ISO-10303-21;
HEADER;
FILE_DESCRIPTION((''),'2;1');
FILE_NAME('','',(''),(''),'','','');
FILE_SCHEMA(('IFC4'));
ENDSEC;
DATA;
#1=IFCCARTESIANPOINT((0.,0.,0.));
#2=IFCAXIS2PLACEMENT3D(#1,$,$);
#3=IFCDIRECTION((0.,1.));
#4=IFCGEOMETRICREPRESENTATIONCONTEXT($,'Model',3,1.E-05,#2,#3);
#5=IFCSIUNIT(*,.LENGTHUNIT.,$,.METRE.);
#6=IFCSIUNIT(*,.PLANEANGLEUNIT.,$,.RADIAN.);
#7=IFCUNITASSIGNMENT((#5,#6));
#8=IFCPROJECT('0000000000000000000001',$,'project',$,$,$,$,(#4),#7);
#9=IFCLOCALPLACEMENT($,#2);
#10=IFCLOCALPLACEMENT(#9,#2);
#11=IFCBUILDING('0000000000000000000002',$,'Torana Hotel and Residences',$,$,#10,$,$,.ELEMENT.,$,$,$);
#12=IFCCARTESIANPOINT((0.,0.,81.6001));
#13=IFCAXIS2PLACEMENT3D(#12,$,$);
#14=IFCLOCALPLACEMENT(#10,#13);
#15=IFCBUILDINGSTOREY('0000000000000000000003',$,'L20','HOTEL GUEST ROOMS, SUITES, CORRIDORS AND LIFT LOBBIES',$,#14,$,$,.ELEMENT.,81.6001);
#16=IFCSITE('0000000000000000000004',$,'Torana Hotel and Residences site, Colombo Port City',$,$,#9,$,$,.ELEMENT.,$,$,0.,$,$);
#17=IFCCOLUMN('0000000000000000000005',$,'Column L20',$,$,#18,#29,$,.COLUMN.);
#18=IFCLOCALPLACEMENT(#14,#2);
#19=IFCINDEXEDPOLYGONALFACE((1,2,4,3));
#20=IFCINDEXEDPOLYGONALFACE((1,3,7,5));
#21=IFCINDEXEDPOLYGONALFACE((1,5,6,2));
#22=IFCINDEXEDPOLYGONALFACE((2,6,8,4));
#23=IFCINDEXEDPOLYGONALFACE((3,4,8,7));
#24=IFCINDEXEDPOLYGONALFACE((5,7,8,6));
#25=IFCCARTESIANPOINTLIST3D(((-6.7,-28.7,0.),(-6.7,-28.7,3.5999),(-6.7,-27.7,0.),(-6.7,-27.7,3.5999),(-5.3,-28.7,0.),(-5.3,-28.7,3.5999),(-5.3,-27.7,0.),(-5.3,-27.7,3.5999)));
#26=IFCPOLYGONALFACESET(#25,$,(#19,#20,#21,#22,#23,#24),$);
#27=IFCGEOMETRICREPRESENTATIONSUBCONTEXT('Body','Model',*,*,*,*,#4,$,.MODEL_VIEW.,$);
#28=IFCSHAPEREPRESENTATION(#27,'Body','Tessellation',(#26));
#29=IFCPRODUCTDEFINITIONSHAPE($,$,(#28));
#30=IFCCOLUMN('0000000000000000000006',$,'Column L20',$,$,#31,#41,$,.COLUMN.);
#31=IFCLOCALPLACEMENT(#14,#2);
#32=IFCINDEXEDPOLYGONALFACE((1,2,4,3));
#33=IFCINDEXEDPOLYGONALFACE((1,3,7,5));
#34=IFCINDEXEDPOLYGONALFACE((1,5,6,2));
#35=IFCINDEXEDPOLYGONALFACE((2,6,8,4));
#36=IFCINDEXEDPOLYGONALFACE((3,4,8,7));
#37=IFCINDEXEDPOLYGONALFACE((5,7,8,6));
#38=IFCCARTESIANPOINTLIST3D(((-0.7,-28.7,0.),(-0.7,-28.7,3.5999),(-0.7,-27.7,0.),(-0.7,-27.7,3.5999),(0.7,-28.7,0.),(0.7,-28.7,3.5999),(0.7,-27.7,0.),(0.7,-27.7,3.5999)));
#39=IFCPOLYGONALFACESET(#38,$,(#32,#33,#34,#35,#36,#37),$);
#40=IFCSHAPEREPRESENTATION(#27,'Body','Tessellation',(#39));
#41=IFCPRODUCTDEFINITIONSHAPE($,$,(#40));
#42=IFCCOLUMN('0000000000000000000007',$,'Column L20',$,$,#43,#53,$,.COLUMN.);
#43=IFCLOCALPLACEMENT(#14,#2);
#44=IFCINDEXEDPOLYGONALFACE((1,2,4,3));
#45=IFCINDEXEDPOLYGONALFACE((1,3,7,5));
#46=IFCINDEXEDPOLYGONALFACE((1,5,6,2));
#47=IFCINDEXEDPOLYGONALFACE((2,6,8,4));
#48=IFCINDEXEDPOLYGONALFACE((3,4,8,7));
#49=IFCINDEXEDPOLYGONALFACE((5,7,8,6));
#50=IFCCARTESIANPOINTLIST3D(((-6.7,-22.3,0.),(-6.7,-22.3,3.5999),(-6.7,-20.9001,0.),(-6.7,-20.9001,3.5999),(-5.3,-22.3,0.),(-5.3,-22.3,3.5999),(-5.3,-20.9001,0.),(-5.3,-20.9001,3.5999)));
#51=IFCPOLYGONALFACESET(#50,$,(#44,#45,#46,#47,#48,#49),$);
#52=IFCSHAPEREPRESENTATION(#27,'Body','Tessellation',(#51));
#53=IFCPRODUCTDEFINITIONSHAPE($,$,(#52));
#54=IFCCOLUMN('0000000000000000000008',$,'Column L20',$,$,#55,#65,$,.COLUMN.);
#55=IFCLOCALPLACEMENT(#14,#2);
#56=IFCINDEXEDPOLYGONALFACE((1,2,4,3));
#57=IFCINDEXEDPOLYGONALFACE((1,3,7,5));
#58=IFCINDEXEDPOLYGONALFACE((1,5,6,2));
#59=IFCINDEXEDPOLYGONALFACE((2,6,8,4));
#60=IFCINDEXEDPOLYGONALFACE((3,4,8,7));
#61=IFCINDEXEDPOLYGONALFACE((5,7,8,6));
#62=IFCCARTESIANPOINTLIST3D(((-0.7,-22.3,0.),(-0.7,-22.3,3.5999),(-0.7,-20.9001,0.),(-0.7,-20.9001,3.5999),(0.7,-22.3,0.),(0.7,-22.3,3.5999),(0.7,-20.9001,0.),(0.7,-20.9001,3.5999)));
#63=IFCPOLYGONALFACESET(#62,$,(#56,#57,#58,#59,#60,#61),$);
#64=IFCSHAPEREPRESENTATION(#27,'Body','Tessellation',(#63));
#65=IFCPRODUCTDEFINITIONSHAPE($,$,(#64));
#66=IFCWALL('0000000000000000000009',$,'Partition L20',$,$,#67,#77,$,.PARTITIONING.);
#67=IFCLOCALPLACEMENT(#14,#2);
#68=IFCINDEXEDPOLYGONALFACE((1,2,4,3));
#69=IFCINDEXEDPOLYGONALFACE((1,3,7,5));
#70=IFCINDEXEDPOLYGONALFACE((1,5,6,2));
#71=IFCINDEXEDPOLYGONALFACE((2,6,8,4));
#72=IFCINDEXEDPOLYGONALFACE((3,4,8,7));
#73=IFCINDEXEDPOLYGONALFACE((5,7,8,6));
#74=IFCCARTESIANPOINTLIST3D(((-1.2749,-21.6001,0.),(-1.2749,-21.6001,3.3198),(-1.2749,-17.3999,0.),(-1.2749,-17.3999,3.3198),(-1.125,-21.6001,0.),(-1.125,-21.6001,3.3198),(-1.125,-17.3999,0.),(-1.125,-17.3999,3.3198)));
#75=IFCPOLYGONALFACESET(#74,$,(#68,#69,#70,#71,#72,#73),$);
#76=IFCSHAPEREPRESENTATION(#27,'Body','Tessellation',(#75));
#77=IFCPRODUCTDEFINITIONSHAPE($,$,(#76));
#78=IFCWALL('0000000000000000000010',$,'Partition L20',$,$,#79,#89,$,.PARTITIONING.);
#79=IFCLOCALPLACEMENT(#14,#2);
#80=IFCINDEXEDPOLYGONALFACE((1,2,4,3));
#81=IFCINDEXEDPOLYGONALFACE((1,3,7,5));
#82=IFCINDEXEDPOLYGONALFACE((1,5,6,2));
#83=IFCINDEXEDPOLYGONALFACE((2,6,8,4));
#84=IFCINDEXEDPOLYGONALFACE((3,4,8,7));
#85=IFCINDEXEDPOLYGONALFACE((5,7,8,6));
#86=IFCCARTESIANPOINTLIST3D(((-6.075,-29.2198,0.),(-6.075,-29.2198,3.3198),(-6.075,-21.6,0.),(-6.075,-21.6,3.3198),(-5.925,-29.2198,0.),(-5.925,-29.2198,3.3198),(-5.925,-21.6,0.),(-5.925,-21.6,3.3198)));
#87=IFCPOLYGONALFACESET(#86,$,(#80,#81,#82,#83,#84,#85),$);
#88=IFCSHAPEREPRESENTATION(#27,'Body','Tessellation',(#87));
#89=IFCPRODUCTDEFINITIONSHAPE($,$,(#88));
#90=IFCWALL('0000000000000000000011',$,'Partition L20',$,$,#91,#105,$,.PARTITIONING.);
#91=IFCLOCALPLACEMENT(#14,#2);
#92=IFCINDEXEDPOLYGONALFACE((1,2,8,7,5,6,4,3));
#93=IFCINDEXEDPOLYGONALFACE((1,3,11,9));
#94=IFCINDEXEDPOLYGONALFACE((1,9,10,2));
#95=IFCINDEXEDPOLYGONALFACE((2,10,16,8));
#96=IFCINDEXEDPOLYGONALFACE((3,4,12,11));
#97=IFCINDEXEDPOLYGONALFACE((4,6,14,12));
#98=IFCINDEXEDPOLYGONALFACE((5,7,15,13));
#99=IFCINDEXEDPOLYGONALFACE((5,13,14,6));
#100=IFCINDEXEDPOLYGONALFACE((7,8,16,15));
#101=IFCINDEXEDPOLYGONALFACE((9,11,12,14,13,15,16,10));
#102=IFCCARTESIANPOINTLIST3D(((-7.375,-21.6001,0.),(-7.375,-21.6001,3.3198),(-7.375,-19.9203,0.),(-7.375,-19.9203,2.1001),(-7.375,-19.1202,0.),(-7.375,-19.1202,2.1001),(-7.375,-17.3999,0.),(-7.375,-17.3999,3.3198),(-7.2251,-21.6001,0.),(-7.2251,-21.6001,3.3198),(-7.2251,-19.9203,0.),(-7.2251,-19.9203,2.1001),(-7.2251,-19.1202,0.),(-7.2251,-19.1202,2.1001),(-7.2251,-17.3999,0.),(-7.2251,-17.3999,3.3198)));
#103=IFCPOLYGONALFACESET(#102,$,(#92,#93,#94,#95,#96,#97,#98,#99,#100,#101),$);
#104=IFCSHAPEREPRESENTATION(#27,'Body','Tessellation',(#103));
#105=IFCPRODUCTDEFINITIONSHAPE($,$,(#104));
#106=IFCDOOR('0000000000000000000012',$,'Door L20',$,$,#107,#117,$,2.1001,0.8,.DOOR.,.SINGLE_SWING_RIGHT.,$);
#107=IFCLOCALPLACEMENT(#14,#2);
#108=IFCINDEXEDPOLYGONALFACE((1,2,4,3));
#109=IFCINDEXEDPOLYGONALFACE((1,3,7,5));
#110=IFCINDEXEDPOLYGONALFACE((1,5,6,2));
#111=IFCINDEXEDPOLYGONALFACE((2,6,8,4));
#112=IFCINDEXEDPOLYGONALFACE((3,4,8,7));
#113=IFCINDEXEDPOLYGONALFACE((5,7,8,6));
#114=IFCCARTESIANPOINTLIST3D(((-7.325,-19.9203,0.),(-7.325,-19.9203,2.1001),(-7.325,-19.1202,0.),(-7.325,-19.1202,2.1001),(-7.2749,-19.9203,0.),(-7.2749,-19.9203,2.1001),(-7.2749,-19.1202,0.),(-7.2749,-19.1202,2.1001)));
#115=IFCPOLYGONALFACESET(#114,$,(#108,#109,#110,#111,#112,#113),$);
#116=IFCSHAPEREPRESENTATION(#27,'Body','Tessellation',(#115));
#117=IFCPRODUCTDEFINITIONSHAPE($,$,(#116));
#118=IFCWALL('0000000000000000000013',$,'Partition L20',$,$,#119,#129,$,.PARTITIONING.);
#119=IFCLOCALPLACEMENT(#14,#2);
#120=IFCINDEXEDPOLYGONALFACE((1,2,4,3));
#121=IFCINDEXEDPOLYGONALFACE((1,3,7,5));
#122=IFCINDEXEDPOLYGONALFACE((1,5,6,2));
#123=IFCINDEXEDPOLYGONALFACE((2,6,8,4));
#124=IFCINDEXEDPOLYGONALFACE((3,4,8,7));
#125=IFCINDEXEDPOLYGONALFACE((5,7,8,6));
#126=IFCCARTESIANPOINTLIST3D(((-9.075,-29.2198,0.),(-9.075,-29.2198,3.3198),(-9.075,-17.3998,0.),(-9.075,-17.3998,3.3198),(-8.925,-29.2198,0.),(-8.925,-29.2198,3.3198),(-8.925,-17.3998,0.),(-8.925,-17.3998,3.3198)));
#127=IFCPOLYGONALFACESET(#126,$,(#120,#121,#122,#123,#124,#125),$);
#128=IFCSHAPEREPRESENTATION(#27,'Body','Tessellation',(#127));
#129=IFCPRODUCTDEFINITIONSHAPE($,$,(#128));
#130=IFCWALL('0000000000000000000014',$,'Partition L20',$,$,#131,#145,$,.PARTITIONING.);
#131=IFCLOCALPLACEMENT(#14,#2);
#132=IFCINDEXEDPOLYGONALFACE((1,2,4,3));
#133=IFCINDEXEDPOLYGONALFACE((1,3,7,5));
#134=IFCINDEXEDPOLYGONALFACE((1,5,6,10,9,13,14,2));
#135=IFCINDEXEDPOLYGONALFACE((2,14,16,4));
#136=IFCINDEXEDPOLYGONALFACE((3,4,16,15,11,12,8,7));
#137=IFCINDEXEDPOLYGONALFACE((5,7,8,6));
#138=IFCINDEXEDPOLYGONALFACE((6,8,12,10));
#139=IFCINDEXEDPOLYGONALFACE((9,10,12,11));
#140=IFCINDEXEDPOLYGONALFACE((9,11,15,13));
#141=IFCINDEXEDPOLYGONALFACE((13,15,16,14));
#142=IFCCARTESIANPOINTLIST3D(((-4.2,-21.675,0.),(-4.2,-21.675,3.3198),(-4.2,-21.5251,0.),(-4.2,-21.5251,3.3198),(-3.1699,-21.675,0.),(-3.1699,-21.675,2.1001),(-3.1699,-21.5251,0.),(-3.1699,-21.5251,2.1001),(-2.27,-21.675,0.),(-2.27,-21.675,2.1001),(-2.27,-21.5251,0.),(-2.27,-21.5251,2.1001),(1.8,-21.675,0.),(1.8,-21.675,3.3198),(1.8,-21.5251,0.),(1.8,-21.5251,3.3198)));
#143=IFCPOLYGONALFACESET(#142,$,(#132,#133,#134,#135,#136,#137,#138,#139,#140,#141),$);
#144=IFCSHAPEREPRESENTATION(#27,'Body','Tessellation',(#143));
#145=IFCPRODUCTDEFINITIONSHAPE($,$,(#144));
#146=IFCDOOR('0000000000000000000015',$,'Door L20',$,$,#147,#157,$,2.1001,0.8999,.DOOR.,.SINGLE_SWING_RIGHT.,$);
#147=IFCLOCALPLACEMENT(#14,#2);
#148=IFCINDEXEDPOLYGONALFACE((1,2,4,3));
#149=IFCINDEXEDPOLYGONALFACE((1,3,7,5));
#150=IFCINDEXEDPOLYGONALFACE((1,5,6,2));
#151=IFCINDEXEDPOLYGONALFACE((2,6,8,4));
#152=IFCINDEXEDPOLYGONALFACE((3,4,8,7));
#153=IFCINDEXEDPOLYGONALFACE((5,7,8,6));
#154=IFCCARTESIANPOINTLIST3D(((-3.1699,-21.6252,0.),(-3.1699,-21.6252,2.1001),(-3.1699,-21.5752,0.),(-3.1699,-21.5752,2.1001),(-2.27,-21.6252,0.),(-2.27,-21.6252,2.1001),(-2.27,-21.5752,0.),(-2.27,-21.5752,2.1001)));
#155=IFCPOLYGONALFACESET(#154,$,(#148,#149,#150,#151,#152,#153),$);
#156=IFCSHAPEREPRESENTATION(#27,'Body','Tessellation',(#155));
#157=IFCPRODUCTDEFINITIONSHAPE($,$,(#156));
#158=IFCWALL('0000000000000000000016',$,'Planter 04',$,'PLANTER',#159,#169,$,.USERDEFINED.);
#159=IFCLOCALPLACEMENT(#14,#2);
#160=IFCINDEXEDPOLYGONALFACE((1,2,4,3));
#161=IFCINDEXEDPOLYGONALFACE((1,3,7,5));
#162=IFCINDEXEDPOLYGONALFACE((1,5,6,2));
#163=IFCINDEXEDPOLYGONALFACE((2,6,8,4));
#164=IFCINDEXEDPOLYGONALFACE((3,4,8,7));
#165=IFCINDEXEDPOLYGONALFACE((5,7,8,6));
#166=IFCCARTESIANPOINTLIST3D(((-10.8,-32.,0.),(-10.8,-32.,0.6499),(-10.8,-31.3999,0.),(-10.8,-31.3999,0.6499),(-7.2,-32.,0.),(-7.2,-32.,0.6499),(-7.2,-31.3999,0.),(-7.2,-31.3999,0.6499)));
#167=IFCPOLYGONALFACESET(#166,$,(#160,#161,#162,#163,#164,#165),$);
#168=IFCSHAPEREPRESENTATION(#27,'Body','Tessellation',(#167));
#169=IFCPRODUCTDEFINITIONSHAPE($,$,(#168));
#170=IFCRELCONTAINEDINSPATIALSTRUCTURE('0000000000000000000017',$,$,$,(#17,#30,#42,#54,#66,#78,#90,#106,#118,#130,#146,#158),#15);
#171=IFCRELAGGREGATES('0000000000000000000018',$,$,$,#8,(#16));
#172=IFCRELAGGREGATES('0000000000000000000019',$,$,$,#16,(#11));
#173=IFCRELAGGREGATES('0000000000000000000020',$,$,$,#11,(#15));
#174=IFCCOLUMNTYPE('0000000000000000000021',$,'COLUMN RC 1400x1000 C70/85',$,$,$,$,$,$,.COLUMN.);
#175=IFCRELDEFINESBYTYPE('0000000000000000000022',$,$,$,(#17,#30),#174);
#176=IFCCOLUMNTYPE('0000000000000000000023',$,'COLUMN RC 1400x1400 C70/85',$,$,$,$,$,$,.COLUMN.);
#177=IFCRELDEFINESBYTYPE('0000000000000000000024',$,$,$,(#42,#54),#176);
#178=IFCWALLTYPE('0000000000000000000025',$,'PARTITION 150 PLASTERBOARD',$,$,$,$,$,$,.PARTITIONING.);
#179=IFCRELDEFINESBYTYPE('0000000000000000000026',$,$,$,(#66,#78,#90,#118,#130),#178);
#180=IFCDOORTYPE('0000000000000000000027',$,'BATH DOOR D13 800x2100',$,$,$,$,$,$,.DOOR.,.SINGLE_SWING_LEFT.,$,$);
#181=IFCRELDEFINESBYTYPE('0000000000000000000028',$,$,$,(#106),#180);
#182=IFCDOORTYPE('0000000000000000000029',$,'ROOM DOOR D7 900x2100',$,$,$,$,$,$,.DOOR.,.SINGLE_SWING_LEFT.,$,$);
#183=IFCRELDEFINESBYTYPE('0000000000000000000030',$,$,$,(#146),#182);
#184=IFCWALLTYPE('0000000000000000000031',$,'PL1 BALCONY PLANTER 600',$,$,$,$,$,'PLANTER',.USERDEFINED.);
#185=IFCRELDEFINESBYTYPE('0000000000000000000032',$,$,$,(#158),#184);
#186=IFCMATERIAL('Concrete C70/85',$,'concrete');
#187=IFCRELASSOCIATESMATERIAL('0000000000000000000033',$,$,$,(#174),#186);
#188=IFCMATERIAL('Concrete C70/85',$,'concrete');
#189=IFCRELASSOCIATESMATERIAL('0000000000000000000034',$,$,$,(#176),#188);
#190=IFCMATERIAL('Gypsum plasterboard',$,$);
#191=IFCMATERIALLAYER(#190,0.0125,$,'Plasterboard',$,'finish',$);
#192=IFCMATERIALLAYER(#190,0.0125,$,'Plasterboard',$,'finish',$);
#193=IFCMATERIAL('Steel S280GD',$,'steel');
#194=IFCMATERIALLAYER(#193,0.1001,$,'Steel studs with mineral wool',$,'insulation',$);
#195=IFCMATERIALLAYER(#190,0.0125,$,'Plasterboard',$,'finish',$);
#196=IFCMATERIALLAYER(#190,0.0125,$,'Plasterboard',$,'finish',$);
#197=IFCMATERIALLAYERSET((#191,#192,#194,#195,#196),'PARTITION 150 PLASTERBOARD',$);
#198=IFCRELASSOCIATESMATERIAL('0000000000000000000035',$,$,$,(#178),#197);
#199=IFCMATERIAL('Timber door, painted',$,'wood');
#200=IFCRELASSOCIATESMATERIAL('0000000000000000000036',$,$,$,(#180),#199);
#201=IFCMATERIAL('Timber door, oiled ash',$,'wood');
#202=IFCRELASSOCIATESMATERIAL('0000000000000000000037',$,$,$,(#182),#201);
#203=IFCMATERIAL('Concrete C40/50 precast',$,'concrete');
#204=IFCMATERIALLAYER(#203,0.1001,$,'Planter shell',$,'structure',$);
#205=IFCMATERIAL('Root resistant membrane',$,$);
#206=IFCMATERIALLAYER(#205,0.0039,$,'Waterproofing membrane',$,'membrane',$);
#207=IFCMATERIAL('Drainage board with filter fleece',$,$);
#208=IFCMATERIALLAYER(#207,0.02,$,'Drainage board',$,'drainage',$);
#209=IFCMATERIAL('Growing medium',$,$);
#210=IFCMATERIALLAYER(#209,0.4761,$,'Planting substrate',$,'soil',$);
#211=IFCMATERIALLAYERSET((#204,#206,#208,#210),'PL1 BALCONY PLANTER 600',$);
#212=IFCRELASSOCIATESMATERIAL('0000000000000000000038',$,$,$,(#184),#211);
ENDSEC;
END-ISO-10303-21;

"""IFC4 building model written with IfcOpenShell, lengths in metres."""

from ifc_helpers import new_model, si_unit, direction, frame, frame_2d, origin, origin_2d, place, context, subcontext, project, spatial, rectangle, extrude, material, layer, layer_set, material_profile, profile_set, type_object, element, fill, save


model = new_model("IFC4")

# Units and contexts
model_context = context("Model", 3, precision=1e-05, world=origin(), true_north=direction((0.0, 1.0)))
body_context = subcontext(model_context, "Body", "Model", "MODEL_VIEW")
ifc_project = project(units=[si_unit("LENGTHUNIT", "METRE"), si_unit("PLANEANGLEUNIT", "RADIAN")], contexts=[model_context])

# Site, building, storey
site_placement = place(None, origin())
site = spatial("IfcSite", under=ifc_project, at=site_placement, Name="Torana Hotel and Residences site, Colombo Port City", CompositionType="ELEMENT", RefElevation=0.0)
building_placement = place(site_placement, origin())
building = spatial("IfcBuilding", under=site, at=building_placement, Name="Torana Hotel and Residences", CompositionType="ELEMENT")
storey_placement = place(building_placement, frame((0.0, 0.0, 81.6001)))
storey = spatial("IfcBuildingStorey", under=building, at=storey_placement, Name="L20", Description="HOTEL GUEST ROOMS, SUITES, CORRIDORS AND LIFT LOBBIES", CompositionType="ELEMENT", Elevation=81.6001)

# Columns
ifc_material_1 = material(Name="Concrete C70/85", Category="concrete")
ifc_material_profile_1 = material_profile(ifc_material_1, rectangle(XDim=1.3999, YDim=1.0, at=origin_2d()), Name="RC 1400x1000")
ifc_profile_set_1 = profile_set([ifc_material_profile_1], Name="Concrete C70/85")
column_type_1 = type_object("IfcColumnType", Name="COLUMN RC 1400x1000 C70/85", PredefinedType="COLUMN", material=ifc_profile_set_1)
for number, where, z_axis, x_axis, name in (
    (1, (-6.0, -28.2, 0.0), (0.0, 0.0, 1.0), (1.0, 0.0, 0.0), "Column L20"),
    (2, (0.0, -28.2, 0.0), (0.0, 0.0, 1.0), (1.0, 0.0, 0.0), "Column L20"),
):
    element("IfcColumn", number, at=place(storey_placement, frame(where, z_axis=z_axis, x_axis=x_axis)), inside=storey, type_object=column_type_1, Name=name, PredefinedType="COLUMN", context=body_context, shape_type="SweptSolid", body=[
        extrude(rectangle(XDim=1.3999, YDim=1.0, at=origin_2d()), origin(), (0.0, 0.0, 1.0), 3.5999),
    ])
ifc_material_2 = material(Name="Concrete C70/85", Category="concrete")
ifc_material_profile_2 = material_profile(ifc_material_2, rectangle(XDim=1.3999, YDim=1.3999, at=origin_2d()), Name="RC 1400x1400")
ifc_profile_set_2 = profile_set([ifc_material_profile_2], Name="Concrete C70/85")
column_type_2 = type_object("IfcColumnType", Name="COLUMN RC 1400x1400 C70/85", PredefinedType="COLUMN", material=ifc_profile_set_2)
for number, where, z_axis, x_axis, name in (
    (3, (-6.0, -21.6001, 0.0), (0.0, 0.0, 1.0), (1.0, 0.0, 0.0), "Column L20"),
    (4, (0.0, -21.6001, 0.0), (0.0, 0.0, 1.0), (1.0, 0.0, 0.0), "Column L20"),
):
    element("IfcColumn", number, at=place(storey_placement, frame(where, z_axis=z_axis, x_axis=x_axis)), inside=storey, type_object=column_type_2, Name=name, PredefinedType="COLUMN", context=body_context, shape_type="SweptSolid", body=[
        extrude(rectangle(XDim=1.3999, YDim=1.3999, at=origin_2d()), origin(), (0.0, 0.0, 1.0), 3.5999),
    ])

# Walls
ifc_material_3 = material(Name="Gypsum plasterboard")
ifc_layer_1 = layer(ifc_material_3, 0.0125, Name="Plasterboard", Category="finish")
ifc_layer_2 = layer(ifc_material_3, 0.0125, Name="Plasterboard", Category="finish")
ifc_material_4 = material(Name="Steel S280GD", Category="steel")
ifc_layer_3 = layer(ifc_material_4, 0.1001, Name="Steel studs with mineral wool", Category="insulation")
ifc_layer_4 = layer(ifc_material_3, 0.0125, Name="Plasterboard", Category="finish")
ifc_layer_5 = layer(ifc_material_3, 0.0125, Name="Plasterboard", Category="finish")
ifc_layer_set_1 = layer_set([ifc_layer_1, ifc_layer_2, ifc_layer_3, ifc_layer_4, ifc_layer_5], Name="PARTITION 150 PLASTERBOARD")
wall_type_1 = type_object("IfcWallType", Name="PARTITION 150 PLASTERBOARD", PredefinedType="PARTITIONING", material=ifc_layer_set_1)
wall_1_placement = place(storey_placement, frame((-1.2, -21.6001, 0.0), z_axis=(0.0, 0.0, 1.0), x_axis=(0.0, 1.0, 0.0)))
element("IfcWall", 5, at=wall_1_placement, inside=storey, type_object=wall_type_1, Name="Partition L20", PredefinedType="PARTITIONING", context=body_context, shape_type="SweptSolid", body=[
    extrude(rectangle(XDim=4.2002, YDim=0.1499, at=frame_2d((2.1001, 0.0))), origin(), (0.0, 0.0, 1.0), 3.3198),
])
wall_2_placement = place(storey_placement, frame((-6.0, -29.22, 0.0), z_axis=(0.0, 0.0, 1.0), x_axis=(0.0, 1.0, 0.0)))
element("IfcWall", 6, at=wall_2_placement, inside=storey, type_object=wall_type_1, Name="Partition L20", PredefinedType="PARTITIONING", context=body_context, shape_type="SweptSolid", body=[
    extrude(rectangle(XDim=7.6199, YDim=0.1499, at=frame_2d((3.8101, 0.0))), origin(), (0.0, 0.0, 1.0), 3.3198),
])

# Wall, opening, door
wall_3_placement = place(storey_placement, frame((-7.3, -21.6001, 0.0), z_axis=(0.0, 0.0, 1.0), x_axis=(0.0, 1.0, 0.0)))
wall_3 = element("IfcWall", 7, at=wall_3_placement, inside=storey, type_object=wall_type_1, Name="Partition L20", PredefinedType="PARTITIONING", context=body_context, shape_type="SweptSolid", body=[
    extrude(rectangle(XDim=4.2002, YDim=0.1499, at=frame_2d((2.1001, 0.0))), origin(), (0.0, 0.0, 1.0), 3.3198),
])
opening_1_placement = place(wall_3_placement, frame((1.6799, 0.0, 0.0)))
opening_1 = element("IfcOpeningElement", 8, at=opening_1_placement, cuts=wall_3, PredefinedType="OPENING", context=body_context, shape_type="SweptSolid", body=[
    extrude(rectangle(XDim=0.8, YDim=2.1001, at=frame_2d((0.3999, 1.05))), frame((0.0, 0.085, 0.0), z_axis=(0.0, -1.0, 0.0), x_axis=(1.0, 0.0, 0.0)), (0.0, 0.0, 1.0), 0.1699),
])
ifc_material_5 = material(Name="Timber door, painted", Category="wood")
door_type_1 = type_object("IfcDoorType", Name="BATH DOOR D13 800x2100", OperationType="SINGLE_SWING_LEFT", PredefinedType="DOOR", material=ifc_material_5)
door_1_placement = place(opening_1_placement, origin())
door_1 = element("IfcDoor", 9, at=door_1_placement, inside=storey, type_object=door_type_1, Name="Door L20", OperationType="SINGLE_SWING_RIGHT", OverallHeight=2.1001, OverallWidth=0.8, PredefinedType="DOOR", context=body_context, shape_type="SweptSolid", body=[
    extrude(rectangle(XDim=0.8, YDim=2.1001, at=frame_2d((0.3999, 1.05))), frame((0.0, 0.0249, 0.0), z_axis=(0.0, -1.0, 0.0), x_axis=(1.0, 0.0, 0.0)), (0.0, 0.0, 1.0), 0.05),
])
fill(opening_1, door_1)

# Wall
wall_4_placement = place(storey_placement, frame((-9.0, -29.22, 0.0), z_axis=(0.0, 0.0, 1.0), x_axis=(0.0, 1.0, 0.0)))
element("IfcWall", 10, at=wall_4_placement, inside=storey, type_object=wall_type_1, Name="Partition L20", PredefinedType="PARTITIONING", context=body_context, shape_type="SweptSolid", body=[
    extrude(rectangle(XDim=11.8201, YDim=0.1499, at=frame_2d((5.9102, 0.0))), origin(), (0.0, 0.0, 1.0), 3.3198),
])

# Wall, opening, door
wall_5_placement = place(storey_placement, frame((-4.2, -21.6001, 0.0), z_axis=(0.0, 0.0, 1.0), x_axis=(1.0, 0.0, 0.0)))
wall_5 = element("IfcWall", 11, at=wall_5_placement, inside=storey, type_object=wall_type_1, Name="Partition L20", PredefinedType="PARTITIONING", context=body_context, shape_type="SweptSolid", body=[
    extrude(rectangle(XDim=6.0, YDim=0.1499, at=frame_2d((3.0, 0.0))), origin(), (0.0, 0.0, 1.0), 3.3198),
])
opening_2_placement = place(wall_5_placement, frame((1.03, 0.0, 0.0)))
opening_2 = element("IfcOpeningElement", 12, at=opening_2_placement, cuts=wall_5, PredefinedType="OPENING", context=body_context, shape_type="SweptSolid", body=[
    extrude(rectangle(XDim=0.8999, YDim=2.1001, at=frame_2d((0.45, 1.05))), frame((0.0, 0.085, 0.0), z_axis=(0.0, -1.0, 0.0), x_axis=(1.0, 0.0, 0.0)), (0.0, 0.0, 1.0), 0.1699),
])
ifc_material_6 = material(Name="Timber door, oiled ash", Category="wood")
door_type_2 = type_object("IfcDoorType", Name="ROOM DOOR D7 900x2100", OperationType="SINGLE_SWING_LEFT", PredefinedType="DOOR", material=ifc_material_6)
door_2_placement = place(opening_2_placement, origin())
door_2 = element("IfcDoor", 13, at=door_2_placement, inside=storey, type_object=door_type_2, Name="Door L20", OperationType="SINGLE_SWING_RIGHT", OverallHeight=2.1001, OverallWidth=0.8999, PredefinedType="DOOR", context=body_context, shape_type="SweptSolid", body=[
    extrude(rectangle(XDim=0.8999, YDim=2.1001, at=frame_2d((0.45, 1.05))), frame((0.0, 0.0249, 0.0), z_axis=(0.0, -1.0, 0.0), x_axis=(1.0, 0.0, 0.0)), (0.0, 0.0, 1.0), 0.05),
])
fill(opening_2, door_2)

# Wall
ifc_material_7 = material(Name="Concrete C40/50 precast", Category="concrete")
ifc_layer_6 = layer(ifc_material_7, 0.1001, Name="Planter shell", Category="structure")
ifc_material_8 = material(Name="Root resistant membrane")
ifc_layer_7 = layer(ifc_material_8, 0.0039, Name="Waterproofing membrane", Category="membrane")
ifc_material_9 = material(Name="Drainage board with filter fleece")
ifc_layer_8 = layer(ifc_material_9, 0.02, Name="Drainage board", Category="drainage")
ifc_material_10 = material(Name="Growing medium")
ifc_layer_9 = layer(ifc_material_10, 0.4761, Name="Planting substrate", Category="soil")
ifc_layer_set_2 = layer_set([ifc_layer_6, ifc_layer_7, ifc_layer_8, ifc_layer_9], Name="PL1 BALCONY PLANTER 600")
wall_type_2 = type_object("IfcWallType", Name="PL1 BALCONY PLANTER 600", ElementType="PLANTER", PredefinedType="USERDEFINED", material=ifc_layer_set_2)
for number, where, z_axis, x_axis, name in (
    (14, (-7.2, -31.7, 0.0), (0.0, 0.0, 1.0), (-1.0, 0.0, 0.0), "Planter 04"),
):
    element("IfcWall", number, at=place(storey_placement, frame(where, z_axis=z_axis, x_axis=x_axis)), inside=storey, type_object=wall_type_2, Name=name, ObjectType="PLANTER", PredefinedType="USERDEFINED", context=body_context, shape_type="SweptSolid", body=[
        extrude(rectangle(XDim=3.6001, YDim=0.6001, at=frame_2d((1.8, 0.0))), origin(), (0.0, 0.0, 1.0), 0.6499),
    ])

save(model, "model.ifc")
